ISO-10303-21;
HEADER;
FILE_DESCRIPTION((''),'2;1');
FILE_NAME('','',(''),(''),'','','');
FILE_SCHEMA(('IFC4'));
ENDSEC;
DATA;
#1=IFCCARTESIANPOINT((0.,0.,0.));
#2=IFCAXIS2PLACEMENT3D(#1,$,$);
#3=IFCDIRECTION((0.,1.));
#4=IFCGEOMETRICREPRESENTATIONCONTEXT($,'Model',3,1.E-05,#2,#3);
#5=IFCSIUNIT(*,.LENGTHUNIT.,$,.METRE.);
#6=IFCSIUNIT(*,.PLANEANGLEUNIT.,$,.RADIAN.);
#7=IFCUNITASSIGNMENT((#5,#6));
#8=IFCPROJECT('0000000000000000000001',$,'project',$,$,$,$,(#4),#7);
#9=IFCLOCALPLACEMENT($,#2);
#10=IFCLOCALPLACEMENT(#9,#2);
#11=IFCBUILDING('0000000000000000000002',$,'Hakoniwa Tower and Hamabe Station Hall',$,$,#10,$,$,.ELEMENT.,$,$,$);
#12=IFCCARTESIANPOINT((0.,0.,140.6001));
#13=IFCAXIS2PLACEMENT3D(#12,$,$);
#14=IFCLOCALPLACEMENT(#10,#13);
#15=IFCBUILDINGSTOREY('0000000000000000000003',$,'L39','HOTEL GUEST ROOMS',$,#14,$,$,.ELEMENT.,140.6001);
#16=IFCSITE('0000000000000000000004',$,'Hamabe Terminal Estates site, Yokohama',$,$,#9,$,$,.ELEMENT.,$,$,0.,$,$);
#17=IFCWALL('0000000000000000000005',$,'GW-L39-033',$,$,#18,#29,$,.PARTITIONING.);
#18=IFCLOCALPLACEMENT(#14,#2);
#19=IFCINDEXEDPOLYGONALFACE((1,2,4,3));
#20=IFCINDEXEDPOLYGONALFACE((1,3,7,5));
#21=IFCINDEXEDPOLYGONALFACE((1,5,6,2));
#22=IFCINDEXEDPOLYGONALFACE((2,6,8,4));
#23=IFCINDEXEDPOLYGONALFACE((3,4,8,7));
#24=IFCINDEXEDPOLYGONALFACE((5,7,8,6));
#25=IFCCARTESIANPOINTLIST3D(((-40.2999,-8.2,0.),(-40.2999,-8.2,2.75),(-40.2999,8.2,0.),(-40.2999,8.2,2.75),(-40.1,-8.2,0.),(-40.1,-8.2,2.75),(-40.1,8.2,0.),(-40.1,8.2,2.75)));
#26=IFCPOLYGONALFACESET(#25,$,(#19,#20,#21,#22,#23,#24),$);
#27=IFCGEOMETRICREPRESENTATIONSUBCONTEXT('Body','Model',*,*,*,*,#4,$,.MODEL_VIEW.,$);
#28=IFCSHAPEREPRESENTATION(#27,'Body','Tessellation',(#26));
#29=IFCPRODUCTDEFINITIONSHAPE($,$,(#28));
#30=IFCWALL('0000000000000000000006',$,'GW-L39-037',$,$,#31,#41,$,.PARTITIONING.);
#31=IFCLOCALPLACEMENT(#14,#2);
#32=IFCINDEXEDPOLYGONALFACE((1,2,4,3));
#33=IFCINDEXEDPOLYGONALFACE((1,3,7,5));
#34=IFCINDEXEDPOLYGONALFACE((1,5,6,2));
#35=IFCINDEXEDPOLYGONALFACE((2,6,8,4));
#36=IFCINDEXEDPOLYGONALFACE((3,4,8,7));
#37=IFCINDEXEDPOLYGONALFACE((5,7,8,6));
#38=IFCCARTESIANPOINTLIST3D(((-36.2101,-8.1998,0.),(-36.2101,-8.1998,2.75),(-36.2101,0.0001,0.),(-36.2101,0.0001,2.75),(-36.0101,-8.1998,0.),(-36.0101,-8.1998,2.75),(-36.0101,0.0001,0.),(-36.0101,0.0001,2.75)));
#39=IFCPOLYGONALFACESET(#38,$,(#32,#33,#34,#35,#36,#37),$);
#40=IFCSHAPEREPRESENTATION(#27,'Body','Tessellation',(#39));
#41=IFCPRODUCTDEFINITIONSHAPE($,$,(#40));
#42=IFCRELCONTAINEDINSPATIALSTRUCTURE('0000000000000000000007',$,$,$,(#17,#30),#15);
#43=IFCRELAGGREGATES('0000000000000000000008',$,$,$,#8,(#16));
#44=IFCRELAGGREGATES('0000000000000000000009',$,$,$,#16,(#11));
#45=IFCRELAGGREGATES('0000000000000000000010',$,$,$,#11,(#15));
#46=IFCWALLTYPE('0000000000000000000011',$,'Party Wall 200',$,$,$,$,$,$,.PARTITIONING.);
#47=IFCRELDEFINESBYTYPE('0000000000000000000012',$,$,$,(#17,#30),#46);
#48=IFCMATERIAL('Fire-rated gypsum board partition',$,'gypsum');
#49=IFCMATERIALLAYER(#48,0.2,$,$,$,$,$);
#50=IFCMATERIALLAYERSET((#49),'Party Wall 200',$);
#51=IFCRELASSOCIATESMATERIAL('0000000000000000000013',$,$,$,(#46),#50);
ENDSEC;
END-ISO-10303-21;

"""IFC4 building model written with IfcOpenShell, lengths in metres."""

from ifc_helpers import new_model, si_unit, direction, frame, frame_2d, origin, place, context, subcontext, project, spatial, rectangle, extrude, material, layer, layer_set, type_object, element, save


model = new_model("IFC4")

# Units and contexts
model_context = context("Model", 3, precision=1e-05, world=origin(), true_north=direction((0.0, 1.0)))
body_context = subcontext(model_context, "Body", "Model", "MODEL_VIEW")
ifc_project = project(units=[si_unit("LENGTHUNIT", "METRE"), si_unit("PLANEANGLEUNIT", "RADIAN")], contexts=[model_context])

# Site, building, storey
site_placement = place(None, origin())
site = spatial("IfcSite", under=ifc_project, at=site_placement, Name="Hamabe Terminal Estates site, Yokohama", CompositionType="ELEMENT", RefElevation=0.0)
building_placement = place(site_placement, origin())
building = spatial("IfcBuilding", under=site, at=building_placement, Name="Hakoniwa Tower and Hamabe Station Hall", CompositionType="ELEMENT")
storey_placement = place(building_placement, frame((0.0, 0.0, 140.6001)))
storey = spatial("IfcBuildingStorey", under=building, at=storey_placement, Name="L39", Description="HOTEL GUEST ROOMS", CompositionType="ELEMENT", Elevation=140.6001)

# Walls
ifc_material_1 = material(Name="Fire-rated gypsum board partition", Category="gypsum")
ifc_layer_1 = layer(ifc_material_1, 0.2)
ifc_layer_set_1 = layer_set([ifc_layer_1], Name="Party Wall 200")
wall_type_1 = type_object("IfcWallType", Name="Party Wall 200", PredefinedType="PARTITIONING", material=ifc_layer_set_1)
wall_1_placement = place(storey_placement, frame((-40.2, -8.2, 0.0), z_axis=(0.0, 0.0, 1.0), x_axis=(0.0, 1.0, 0.0)))
element("IfcWall", 1, at=wall_1_placement, inside=storey, type_object=wall_type_1, Name="GW-L39-033", PredefinedType="PARTITIONING", context=body_context, shape_type="SweptSolid", body=[
    extrude(rectangle(XDim=16.3999, YDim=0.2, at=frame_2d((8.2, 0.0))), origin(), (0.0, 0.0, 1.0), 2.75),
])
wall_2_placement = place(storey_placement, frame((-36.1101, -8.2, 0.0), z_axis=(0.0, 0.0, 1.0), x_axis=(0.0, 1.0, 0.0)))
element("IfcWall", 2, at=wall_2_placement, inside=storey, type_object=wall_type_1, Name="GW-L39-037", PredefinedType="PARTITIONING", context=body_context, shape_type="SweptSolid", body=[
    extrude(rectangle(XDim=8.2, YDim=0.2, at=frame_2d((4.1001, 0.0))), origin(), (0.0, 0.0, 1.0), 2.75),
])

save(model, "model.ifc")
